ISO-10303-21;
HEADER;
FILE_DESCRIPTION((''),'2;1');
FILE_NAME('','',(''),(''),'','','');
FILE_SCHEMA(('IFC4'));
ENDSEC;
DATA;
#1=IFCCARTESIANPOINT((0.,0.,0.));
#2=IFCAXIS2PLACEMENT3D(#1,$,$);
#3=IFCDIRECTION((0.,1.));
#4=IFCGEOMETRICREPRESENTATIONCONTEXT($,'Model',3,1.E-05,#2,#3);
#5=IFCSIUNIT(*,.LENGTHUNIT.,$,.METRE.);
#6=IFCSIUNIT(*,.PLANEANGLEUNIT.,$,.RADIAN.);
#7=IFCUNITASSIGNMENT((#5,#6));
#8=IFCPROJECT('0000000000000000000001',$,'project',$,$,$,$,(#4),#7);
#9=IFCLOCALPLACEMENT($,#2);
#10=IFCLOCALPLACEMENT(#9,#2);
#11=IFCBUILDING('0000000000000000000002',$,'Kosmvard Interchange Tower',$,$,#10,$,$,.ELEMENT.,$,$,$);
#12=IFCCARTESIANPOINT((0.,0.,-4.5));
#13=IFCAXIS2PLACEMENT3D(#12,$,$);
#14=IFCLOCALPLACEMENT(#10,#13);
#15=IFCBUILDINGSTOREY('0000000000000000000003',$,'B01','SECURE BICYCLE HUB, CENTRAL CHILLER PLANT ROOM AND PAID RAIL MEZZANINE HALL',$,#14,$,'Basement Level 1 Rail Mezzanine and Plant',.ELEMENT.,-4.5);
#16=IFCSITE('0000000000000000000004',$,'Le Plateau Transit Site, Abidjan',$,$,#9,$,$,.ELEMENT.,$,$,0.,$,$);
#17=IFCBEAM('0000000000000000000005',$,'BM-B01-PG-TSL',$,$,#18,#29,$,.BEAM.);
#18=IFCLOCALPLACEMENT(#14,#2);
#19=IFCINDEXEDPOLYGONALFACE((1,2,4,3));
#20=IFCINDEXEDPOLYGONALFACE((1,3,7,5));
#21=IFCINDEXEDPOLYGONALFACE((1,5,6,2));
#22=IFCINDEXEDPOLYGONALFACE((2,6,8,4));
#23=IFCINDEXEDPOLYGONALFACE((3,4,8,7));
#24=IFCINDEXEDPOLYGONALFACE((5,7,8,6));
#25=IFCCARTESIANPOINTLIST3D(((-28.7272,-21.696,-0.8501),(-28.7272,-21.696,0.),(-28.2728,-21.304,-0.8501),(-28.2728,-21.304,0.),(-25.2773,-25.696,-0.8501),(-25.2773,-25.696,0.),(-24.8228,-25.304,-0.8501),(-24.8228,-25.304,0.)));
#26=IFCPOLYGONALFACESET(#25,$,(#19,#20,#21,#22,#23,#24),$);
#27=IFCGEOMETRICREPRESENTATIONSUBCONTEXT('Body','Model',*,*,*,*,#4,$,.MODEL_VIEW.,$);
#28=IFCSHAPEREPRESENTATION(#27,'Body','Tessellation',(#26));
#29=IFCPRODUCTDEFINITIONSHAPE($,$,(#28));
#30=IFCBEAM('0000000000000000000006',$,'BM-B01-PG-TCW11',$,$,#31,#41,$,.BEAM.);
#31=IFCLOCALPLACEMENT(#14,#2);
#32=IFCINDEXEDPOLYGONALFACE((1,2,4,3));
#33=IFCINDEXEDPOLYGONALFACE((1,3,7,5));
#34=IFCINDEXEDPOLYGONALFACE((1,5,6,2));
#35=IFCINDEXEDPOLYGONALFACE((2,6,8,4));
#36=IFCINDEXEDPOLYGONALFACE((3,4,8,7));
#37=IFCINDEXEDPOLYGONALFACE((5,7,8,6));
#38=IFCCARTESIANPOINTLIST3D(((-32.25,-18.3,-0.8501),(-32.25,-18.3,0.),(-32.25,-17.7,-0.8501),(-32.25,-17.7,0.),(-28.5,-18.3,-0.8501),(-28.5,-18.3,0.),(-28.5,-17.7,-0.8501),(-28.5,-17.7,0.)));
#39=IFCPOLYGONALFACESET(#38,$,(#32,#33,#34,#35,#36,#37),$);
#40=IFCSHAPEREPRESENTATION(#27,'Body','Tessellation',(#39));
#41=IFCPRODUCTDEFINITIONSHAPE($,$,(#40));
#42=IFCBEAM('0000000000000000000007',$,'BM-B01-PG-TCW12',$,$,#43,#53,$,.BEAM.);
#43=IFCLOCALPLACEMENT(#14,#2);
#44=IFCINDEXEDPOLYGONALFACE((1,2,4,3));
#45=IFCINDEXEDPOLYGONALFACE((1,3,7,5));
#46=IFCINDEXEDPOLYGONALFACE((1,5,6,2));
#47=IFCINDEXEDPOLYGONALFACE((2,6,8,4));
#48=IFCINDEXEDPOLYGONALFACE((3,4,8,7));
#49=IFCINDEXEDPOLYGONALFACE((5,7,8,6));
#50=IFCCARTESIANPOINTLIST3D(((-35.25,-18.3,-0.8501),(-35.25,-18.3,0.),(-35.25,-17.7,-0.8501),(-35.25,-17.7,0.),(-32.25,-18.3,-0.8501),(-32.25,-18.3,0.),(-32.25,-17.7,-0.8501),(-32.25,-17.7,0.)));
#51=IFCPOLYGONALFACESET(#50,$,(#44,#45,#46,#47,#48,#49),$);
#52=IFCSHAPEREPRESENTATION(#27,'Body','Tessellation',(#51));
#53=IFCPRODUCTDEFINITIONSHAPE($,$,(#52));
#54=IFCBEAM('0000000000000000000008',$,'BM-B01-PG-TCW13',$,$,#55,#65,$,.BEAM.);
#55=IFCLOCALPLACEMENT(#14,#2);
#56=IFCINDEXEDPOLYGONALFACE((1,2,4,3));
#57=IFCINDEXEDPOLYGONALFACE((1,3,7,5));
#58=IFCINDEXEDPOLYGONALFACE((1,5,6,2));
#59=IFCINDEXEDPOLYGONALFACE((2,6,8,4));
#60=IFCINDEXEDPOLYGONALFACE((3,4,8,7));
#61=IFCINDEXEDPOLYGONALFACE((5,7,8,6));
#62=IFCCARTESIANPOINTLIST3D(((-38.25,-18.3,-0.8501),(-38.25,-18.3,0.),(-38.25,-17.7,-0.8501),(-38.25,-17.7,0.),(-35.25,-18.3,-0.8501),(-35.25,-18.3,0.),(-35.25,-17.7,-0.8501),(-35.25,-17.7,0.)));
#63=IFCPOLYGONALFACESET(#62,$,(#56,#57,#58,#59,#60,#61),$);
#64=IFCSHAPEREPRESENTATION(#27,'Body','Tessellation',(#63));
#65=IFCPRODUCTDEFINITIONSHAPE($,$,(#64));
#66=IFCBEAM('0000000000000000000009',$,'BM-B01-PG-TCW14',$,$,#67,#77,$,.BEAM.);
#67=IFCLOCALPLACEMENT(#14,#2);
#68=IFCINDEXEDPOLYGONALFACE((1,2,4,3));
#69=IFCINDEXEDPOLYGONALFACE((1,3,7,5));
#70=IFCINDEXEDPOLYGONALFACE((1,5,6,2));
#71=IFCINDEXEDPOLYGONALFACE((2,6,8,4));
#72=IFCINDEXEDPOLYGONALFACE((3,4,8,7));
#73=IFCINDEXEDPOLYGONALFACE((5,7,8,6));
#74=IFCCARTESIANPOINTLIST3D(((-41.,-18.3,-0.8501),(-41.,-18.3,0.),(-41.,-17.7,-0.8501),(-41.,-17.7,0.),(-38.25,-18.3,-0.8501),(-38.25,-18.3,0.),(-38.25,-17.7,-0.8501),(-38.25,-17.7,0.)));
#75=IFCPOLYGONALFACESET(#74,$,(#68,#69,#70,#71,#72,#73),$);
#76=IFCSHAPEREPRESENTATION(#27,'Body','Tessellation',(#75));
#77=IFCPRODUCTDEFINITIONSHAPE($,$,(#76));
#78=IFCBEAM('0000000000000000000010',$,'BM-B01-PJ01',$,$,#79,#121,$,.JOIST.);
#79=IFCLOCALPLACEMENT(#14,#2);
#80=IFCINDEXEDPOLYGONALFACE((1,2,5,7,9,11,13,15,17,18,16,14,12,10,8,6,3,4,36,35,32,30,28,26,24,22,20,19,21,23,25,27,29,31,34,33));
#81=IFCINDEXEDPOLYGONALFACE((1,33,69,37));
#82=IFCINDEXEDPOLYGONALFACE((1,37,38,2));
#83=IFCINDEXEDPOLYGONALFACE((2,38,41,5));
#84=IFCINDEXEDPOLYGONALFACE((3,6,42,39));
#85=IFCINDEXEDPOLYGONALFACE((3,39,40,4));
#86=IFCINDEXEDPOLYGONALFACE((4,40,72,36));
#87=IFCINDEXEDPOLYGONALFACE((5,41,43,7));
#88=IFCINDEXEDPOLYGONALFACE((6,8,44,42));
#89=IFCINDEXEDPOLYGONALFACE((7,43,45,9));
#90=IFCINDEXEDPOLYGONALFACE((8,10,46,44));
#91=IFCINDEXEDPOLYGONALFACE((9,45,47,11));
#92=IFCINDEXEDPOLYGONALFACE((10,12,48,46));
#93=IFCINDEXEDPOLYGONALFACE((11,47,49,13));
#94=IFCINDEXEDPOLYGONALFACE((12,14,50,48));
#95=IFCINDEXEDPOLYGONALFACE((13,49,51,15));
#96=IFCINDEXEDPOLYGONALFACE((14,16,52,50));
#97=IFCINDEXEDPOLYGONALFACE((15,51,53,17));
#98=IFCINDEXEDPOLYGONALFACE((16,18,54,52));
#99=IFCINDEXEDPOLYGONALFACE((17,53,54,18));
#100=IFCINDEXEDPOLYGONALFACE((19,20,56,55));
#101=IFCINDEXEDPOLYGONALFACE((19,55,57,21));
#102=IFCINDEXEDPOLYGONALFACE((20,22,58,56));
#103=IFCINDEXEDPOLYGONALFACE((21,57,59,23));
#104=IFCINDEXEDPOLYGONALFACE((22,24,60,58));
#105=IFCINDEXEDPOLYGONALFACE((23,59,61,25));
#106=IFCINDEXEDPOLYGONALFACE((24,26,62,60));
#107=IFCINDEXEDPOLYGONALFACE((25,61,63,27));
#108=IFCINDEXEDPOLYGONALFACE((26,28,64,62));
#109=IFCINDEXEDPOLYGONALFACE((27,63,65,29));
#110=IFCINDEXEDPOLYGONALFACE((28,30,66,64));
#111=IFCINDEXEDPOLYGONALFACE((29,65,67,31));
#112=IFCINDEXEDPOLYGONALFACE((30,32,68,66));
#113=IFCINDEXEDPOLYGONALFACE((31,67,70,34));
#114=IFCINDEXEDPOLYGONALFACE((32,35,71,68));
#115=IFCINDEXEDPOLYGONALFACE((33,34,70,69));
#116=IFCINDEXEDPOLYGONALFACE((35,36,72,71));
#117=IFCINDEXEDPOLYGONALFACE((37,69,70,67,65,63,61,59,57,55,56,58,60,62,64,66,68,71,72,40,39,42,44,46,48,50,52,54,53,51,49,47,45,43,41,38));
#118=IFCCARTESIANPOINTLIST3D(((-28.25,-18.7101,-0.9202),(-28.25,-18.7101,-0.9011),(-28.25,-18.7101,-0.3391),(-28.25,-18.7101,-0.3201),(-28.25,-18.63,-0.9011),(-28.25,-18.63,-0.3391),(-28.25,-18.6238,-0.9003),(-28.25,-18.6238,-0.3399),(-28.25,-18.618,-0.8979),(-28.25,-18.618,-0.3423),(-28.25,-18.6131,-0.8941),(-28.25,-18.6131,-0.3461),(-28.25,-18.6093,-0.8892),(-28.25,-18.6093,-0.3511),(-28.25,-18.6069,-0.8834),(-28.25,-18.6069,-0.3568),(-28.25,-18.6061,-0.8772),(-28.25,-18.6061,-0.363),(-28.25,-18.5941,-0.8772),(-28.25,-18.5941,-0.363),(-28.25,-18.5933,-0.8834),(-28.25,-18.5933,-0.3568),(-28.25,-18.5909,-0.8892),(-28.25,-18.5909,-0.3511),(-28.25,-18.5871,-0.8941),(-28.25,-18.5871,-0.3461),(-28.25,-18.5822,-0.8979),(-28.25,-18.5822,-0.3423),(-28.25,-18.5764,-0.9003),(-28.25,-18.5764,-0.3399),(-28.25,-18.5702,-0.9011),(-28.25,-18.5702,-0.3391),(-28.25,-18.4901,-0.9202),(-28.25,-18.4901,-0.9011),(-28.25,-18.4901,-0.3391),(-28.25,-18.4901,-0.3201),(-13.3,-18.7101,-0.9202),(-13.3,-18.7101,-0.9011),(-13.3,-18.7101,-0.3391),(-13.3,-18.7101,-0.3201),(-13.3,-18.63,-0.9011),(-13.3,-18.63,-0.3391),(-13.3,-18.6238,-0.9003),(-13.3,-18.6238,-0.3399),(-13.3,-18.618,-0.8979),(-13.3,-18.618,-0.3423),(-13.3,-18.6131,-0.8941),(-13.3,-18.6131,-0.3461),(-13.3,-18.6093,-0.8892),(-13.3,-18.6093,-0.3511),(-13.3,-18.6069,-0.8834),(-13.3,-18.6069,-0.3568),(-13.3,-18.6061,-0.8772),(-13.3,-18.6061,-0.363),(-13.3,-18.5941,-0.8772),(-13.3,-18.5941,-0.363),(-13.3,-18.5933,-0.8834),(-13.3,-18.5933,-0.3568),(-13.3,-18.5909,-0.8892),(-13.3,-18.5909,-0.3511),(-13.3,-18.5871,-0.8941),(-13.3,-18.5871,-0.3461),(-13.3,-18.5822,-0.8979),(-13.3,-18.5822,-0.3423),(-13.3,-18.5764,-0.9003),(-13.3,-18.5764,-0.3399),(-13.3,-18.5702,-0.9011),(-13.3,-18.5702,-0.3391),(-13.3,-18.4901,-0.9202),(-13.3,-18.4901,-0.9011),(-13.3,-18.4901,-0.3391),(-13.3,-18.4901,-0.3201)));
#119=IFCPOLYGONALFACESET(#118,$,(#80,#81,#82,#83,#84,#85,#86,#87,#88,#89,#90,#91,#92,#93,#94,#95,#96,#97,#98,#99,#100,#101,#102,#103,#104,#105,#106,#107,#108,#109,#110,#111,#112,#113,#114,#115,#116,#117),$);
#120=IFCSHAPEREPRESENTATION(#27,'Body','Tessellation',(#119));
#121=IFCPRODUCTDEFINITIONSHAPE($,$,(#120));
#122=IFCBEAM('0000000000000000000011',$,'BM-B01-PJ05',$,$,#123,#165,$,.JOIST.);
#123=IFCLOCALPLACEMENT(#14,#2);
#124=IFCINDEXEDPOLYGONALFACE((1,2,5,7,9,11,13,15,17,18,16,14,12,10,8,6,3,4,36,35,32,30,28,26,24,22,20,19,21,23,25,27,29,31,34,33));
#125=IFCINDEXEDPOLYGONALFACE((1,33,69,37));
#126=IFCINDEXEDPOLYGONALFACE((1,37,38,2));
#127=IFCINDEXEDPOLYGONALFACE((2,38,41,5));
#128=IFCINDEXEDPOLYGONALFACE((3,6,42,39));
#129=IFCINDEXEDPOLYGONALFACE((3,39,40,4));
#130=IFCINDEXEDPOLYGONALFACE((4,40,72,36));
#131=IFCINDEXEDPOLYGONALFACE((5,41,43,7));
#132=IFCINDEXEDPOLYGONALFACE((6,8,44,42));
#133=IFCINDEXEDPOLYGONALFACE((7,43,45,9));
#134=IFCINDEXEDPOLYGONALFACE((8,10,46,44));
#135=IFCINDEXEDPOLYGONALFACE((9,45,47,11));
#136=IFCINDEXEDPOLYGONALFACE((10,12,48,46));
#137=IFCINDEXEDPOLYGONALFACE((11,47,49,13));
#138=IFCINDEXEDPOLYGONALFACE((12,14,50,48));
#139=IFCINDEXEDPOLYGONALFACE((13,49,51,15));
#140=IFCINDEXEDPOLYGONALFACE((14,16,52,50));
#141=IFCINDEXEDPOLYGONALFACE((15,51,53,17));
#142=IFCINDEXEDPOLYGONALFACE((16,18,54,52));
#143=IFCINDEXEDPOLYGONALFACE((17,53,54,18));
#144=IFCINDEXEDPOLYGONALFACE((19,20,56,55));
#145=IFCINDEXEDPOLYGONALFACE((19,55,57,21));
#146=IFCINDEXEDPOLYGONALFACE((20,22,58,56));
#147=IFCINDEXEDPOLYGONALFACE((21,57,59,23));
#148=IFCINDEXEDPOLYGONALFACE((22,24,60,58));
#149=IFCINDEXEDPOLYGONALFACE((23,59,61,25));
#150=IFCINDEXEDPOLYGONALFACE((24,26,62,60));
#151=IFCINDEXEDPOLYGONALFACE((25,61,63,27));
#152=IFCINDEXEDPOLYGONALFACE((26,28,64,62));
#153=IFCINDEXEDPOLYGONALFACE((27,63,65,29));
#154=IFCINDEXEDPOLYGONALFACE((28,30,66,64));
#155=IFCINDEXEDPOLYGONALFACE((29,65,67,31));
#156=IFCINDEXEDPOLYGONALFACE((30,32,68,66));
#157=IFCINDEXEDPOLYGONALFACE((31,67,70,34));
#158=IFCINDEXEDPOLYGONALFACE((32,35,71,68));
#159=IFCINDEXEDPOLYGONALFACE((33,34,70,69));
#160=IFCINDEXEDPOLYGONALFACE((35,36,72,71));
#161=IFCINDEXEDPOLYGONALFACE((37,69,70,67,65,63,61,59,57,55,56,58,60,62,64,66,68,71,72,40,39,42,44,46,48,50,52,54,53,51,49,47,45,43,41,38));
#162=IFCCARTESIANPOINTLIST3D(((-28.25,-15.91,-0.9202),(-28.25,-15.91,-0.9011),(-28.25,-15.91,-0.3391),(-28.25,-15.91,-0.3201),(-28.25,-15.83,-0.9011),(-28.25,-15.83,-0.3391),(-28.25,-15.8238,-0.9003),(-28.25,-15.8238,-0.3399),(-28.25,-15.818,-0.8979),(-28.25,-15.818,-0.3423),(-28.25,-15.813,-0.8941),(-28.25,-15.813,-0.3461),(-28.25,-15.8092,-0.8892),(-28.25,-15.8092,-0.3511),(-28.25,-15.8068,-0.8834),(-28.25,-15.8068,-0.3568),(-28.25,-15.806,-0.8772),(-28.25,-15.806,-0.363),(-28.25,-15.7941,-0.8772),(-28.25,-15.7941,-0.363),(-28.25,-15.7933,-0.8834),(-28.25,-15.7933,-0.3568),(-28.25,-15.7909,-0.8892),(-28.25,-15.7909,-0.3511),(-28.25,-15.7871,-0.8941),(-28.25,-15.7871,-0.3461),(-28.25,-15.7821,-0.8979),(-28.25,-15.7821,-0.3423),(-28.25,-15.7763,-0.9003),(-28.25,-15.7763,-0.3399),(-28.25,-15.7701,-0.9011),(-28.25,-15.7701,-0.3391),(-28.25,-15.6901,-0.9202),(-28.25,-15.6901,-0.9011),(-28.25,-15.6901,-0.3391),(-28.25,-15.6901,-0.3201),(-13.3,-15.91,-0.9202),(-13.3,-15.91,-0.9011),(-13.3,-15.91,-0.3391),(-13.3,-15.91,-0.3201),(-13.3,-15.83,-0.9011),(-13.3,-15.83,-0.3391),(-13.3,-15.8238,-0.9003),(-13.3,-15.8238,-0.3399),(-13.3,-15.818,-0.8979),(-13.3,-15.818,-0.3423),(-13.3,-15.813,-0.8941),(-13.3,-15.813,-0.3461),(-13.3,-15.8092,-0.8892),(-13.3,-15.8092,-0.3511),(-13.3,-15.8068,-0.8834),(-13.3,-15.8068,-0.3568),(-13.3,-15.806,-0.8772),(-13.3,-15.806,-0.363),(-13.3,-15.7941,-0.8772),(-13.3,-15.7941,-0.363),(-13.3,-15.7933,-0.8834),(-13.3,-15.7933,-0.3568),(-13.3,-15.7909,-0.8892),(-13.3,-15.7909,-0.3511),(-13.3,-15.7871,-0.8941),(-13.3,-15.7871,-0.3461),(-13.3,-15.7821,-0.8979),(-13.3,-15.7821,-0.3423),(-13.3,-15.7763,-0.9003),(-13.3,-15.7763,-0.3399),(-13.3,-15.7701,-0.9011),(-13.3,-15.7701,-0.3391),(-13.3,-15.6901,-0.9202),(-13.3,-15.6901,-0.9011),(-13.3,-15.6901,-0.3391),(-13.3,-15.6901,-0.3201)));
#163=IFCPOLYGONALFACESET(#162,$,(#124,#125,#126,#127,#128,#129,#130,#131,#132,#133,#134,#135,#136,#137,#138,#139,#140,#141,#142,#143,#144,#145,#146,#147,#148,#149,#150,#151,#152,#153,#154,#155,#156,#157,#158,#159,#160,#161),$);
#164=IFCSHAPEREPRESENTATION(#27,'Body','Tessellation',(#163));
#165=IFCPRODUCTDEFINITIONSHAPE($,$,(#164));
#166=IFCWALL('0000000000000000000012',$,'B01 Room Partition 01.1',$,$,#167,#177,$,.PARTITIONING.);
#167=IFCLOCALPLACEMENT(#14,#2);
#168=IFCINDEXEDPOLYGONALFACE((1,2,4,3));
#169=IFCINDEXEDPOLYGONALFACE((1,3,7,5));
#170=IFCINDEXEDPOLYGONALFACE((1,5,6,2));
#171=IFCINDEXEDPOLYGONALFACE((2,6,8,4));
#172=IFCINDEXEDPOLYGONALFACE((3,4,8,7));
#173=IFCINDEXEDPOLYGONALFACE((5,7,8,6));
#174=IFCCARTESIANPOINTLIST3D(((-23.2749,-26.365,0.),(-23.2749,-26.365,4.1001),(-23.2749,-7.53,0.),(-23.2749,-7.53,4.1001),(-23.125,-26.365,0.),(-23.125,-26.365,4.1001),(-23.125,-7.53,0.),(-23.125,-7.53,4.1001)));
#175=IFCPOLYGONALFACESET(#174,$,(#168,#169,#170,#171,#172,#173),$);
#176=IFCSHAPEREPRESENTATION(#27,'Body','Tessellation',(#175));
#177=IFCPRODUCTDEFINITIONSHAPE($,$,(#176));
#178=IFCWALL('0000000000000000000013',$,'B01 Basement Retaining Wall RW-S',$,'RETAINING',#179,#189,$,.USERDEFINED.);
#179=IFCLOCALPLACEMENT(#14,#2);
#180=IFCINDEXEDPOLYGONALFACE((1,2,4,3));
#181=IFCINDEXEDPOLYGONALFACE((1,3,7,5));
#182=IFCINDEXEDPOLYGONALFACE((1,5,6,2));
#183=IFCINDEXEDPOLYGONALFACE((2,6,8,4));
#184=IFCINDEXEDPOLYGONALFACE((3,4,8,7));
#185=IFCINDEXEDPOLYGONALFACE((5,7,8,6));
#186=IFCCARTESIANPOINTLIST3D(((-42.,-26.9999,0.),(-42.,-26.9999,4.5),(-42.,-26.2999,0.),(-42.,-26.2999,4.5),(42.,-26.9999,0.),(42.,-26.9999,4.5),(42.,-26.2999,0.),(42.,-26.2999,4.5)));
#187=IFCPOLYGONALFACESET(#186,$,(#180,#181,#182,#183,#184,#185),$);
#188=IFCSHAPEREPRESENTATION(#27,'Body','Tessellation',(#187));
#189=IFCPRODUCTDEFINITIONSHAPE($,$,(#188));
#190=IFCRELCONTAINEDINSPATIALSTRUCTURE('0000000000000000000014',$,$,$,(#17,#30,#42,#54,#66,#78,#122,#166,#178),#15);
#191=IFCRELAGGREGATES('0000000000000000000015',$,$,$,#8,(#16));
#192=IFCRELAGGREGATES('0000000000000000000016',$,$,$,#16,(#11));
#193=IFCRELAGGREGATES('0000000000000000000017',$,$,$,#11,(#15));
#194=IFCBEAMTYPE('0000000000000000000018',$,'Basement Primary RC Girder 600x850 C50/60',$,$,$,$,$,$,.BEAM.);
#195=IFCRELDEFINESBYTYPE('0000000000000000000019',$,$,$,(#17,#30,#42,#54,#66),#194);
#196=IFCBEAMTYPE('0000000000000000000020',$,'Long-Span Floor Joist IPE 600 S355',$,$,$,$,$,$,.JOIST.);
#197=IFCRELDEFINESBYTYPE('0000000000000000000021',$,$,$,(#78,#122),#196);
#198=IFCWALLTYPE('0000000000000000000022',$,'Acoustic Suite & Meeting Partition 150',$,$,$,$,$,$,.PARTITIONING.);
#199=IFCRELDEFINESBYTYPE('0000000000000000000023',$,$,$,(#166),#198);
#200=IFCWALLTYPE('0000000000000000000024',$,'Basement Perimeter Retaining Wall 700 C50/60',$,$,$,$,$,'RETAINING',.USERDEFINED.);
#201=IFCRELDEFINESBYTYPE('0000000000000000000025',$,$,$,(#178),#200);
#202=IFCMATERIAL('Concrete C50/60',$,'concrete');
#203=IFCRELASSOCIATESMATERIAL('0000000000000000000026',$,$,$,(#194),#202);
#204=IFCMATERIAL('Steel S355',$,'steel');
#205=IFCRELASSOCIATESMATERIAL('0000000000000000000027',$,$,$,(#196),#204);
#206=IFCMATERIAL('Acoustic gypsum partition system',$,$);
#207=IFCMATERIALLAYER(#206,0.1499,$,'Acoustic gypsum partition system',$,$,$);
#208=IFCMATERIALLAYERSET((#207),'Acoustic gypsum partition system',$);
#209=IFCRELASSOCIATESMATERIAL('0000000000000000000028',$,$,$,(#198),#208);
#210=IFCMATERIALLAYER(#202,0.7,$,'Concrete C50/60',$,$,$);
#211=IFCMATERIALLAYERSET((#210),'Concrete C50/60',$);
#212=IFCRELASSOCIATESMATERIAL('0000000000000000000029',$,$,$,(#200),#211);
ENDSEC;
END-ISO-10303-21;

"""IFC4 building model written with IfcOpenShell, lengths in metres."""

from ifc_helpers import new_model, si_unit, direction, frame, frame_2d, origin, origin_2d, place, context, subcontext, project, spatial, rectangle, i_section, extrude, source, transform, mapped, material, layer, layer_set, material_profile, profile_set, type_object, element, save


model = new_model("IFC4")

# Units and contexts
model_context = context("Model", 3, precision=1e-05, world=origin(), true_north=direction((0.0, 1.0)))
body_context = subcontext(model_context, "Body", "Model", "MODEL_VIEW")
ifc_project = project(units=[si_unit("LENGTHUNIT", "METRE"), si_unit("PLANEANGLEUNIT", "RADIAN")], contexts=[model_context])

# Site, building, storey
site_placement = place(None, origin())
site = spatial("IfcSite", under=ifc_project, at=site_placement, Name="Le Plateau Transit Site, Abidjan", CompositionType="ELEMENT", RefElevation=0.0)
building_placement = place(site_placement, origin())
building = spatial("IfcBuilding", under=site, at=building_placement, Name="Kosmvard Interchange Tower", CompositionType="ELEMENT")
storey_placement = place(building_placement, frame((0.0, 0.0, -4.5)))
storey = spatial("IfcBuildingStorey", under=building, at=storey_placement, Name="B01", Description="SECURE BICYCLE HUB, CENTRAL CHILLER PLANT ROOM AND PAID RAIL MEZZANINE HALL", LongName="Basement Level 1 Rail Mezzanine and Plant", CompositionType="ELEMENT", Elevation=-4.5)

# Beams
ifc_material_1 = material(Name="Concrete C50/60", Category="concrete")
ifc_material_profile_1 = material_profile(ifc_material_1, rectangle(XDim=0.6001, YDim=0.8501, at=origin_2d()), Name="RCG 600x850")
ifc_profile_set_1 = profile_set([ifc_material_profile_1], Name="Concrete C50/60")
beam_type_1 = type_object("IfcBeamType", Name="Basement Primary RC Girder 600x850 C50/60", PredefinedType="BEAM", material=ifc_profile_set_1)
shared_shape_1 = source(origin(), body_context, "Body", "SweptSolid", [
    extrude(rectangle(XDim=0.6001, YDim=0.8501, at=origin_2d()), origin(), (0.0, 0.0, 1.0), 5.2822),
])
beam_1_placement = place(storey_placement, frame((-25.05, -25.5, -0.425), z_axis=(-0.653122, 0.757253, 0.0), x_axis=(-0.757253, -0.653122, 0.0)))
element("IfcBeam", 1, at=beam_1_placement, inside=storey, type_object=beam_type_1, Name="BM-B01-PG-TSL", PredefinedType="BEAM", context=body_context, shape_type="MappedRepresentation", body=[
    mapped(shared_shape_1, transform((0.0, 0.0, 0.0), scale=1.0)),
])
shared_shape_2 = source(origin(), body_context, "Body", "SweptSolid", [
    extrude(rectangle(XDim=0.6001, YDim=0.8501, at=origin_2d()), origin(), (0.0, 0.0, 1.0), 3.75),
])
beam_2_placement = place(storey_placement, frame((-28.5, -18.0, -0.425), z_axis=(-1.0, 0.0, 0.0), x_axis=(0.0, -1.0, 0.0)))
element("IfcBeam", 2, at=beam_2_placement, inside=storey, type_object=beam_type_1, Name="BM-B01-PG-TCW11", PredefinedType="BEAM", context=body_context, shape_type="MappedRepresentation", body=[
    mapped(shared_shape_2, transform((0.0, 0.0, 0.0), scale=1.0)),
])
shared_shape_3 = source(origin(), body_context, "Body", "SweptSolid", [
    extrude(rectangle(XDim=0.6001, YDim=0.8501, at=origin_2d()), origin(), (0.0, 0.0, 1.0), 3.0),
])
for number, where, z_axis, x_axis, name in (
    (3, (-32.25, -18.0, -0.425), (-1.0, 0.0, 0.0), (0.0, -1.0, 0.0), "BM-B01-PG-TCW12"),
    (4, (-35.25, -18.0, -0.425), (-1.0, 0.0, 0.0), (0.0, -1.0, 0.0), "BM-B01-PG-TCW13"),
):
    element("IfcBeam", number, at=place(storey_placement, frame(where, z_axis=z_axis, x_axis=x_axis)), inside=storey, type_object=beam_type_1, Name=name, PredefinedType="BEAM", context=body_context, shape_type="MappedRepresentation", body=[
        mapped(shared_shape_3, transform((0.0, 0.0, 0.0), scale=1.0)),
    ])
shared_shape_4 = source(origin(), body_context, "Body", "SweptSolid", [
    extrude(rectangle(XDim=0.6001, YDim=0.8501, at=origin_2d()), origin(), (0.0, 0.0, 1.0), 2.75),
])
beam_3_placement = place(storey_placement, frame((-38.25, -18.0, -0.425), z_axis=(-1.0, 0.0, 0.0), x_axis=(0.0, -1.0, 0.0)))
element("IfcBeam", 5, at=beam_3_placement, inside=storey, type_object=beam_type_1, Name="BM-B01-PG-TCW14", PredefinedType="BEAM", context=body_context, shape_type="MappedRepresentation", body=[
    mapped(shared_shape_4, transform((0.0, 0.0, 0.0), scale=1.0)),
])
ifc_material_2 = material(Name="Steel S355", Category="steel")
ifc_material_profile_2 = material_profile(ifc_material_2, i_section(OverallWidth=0.22, OverallDepth=0.6001, WebThickness=0.012, FlangeThickness=0.019, FilletRadius=0.0239, at=origin_2d()), Name="IPE 600")
ifc_profile_set_2 = profile_set([ifc_material_profile_2], Name="Steel S355")
beam_type_2 = type_object("IfcBeamType", Name="Long-Span Floor Joist IPE 600 S355", PredefinedType="JOIST", material=ifc_profile_set_2)
shared_shape_5 = source(origin(), body_context, "Body", "SweptSolid", [
    extrude(i_section(OverallWidth=0.22, OverallDepth=0.6001, WebThickness=0.012, FlangeThickness=0.019, FilletRadius=0.0239, at=origin_2d()), origin(), (0.0, 0.0, 1.0), 14.95),
])
for number, where, z_axis, x_axis, name in (
    (6, (-28.25, -18.6001, -0.6201), (1.0, 0.0, 0.0), (0.0, 1.0, 0.0), "BM-B01-PJ01"),
    (7, (-28.25, -15.8, -0.6201), (1.0, 0.0, 0.0), (0.0, 1.0, 0.0), "BM-B01-PJ05"),
):
    element("IfcBeam", number, at=place(storey_placement, frame(where, z_axis=z_axis, x_axis=x_axis)), inside=storey, type_object=beam_type_2, Name=name, PredefinedType="JOIST", context=body_context, shape_type="MappedRepresentation", body=[
        mapped(shared_shape_5, transform((0.0, 0.0, 0.0), scale=1.0)),
    ])

# Walls
ifc_material_3 = material(Name="Acoustic gypsum partition system")
ifc_layer_1 = layer(ifc_material_3, 0.1499, Name="Acoustic gypsum partition system")
ifc_layer_set_1 = layer_set([ifc_layer_1], Name="Acoustic gypsum partition system")
wall_type_1 = type_object("IfcWallType", Name="Acoustic Suite & Meeting Partition 150", PredefinedType="PARTITIONING", material=ifc_layer_set_1)
wall_1_placement = place(storey_placement, frame((-23.2, -26.365, 0.0), z_axis=(0.0, 0.0, 1.0), x_axis=(0.0, 1.0, 0.0)))
element("IfcWall", 8, at=wall_1_placement, inside=storey, type_object=wall_type_1, Name="B01 Room Partition 01.1", PredefinedType="PARTITIONING", context=body_context, shape_type="SweptSolid", body=[
    extrude(rectangle(XDim=18.835, YDim=0.1499, at=frame_2d((9.4175, 0.0))), origin(), (0.0, 0.0, 1.0), 4.1001),
])
ifc_layer_2 = layer(ifc_material_1, 0.7, Name="Concrete C50/60")
ifc_layer_set_2 = layer_set([ifc_layer_2], Name="Concrete C50/60")
wall_type_2 = type_object("IfcWallType", Name="Basement Perimeter Retaining Wall 700 C50/60", ElementType="RETAINING", PredefinedType="USERDEFINED", material=ifc_layer_set_2)
wall_2_placement = place(storey_placement, frame((-42.0, -26.6499, 0.0), z_axis=(0.0, 0.0, 1.0), x_axis=(1.0, 0.0, 0.0)))
element("IfcWall", 9, at=wall_2_placement, inside=storey, type_object=wall_type_2, Name="B01 Basement Retaining Wall RW-S", ObjectType="RETAINING", PredefinedType="USERDEFINED", context=body_context, shape_type="SweptSolid", body=[
    extrude(rectangle(XDim=84.0, YDim=0.7, at=frame_2d((42.0, 0.0))), origin(), (0.0, 0.0, 1.0), 4.5),
])

save(model, "model.ifc")
